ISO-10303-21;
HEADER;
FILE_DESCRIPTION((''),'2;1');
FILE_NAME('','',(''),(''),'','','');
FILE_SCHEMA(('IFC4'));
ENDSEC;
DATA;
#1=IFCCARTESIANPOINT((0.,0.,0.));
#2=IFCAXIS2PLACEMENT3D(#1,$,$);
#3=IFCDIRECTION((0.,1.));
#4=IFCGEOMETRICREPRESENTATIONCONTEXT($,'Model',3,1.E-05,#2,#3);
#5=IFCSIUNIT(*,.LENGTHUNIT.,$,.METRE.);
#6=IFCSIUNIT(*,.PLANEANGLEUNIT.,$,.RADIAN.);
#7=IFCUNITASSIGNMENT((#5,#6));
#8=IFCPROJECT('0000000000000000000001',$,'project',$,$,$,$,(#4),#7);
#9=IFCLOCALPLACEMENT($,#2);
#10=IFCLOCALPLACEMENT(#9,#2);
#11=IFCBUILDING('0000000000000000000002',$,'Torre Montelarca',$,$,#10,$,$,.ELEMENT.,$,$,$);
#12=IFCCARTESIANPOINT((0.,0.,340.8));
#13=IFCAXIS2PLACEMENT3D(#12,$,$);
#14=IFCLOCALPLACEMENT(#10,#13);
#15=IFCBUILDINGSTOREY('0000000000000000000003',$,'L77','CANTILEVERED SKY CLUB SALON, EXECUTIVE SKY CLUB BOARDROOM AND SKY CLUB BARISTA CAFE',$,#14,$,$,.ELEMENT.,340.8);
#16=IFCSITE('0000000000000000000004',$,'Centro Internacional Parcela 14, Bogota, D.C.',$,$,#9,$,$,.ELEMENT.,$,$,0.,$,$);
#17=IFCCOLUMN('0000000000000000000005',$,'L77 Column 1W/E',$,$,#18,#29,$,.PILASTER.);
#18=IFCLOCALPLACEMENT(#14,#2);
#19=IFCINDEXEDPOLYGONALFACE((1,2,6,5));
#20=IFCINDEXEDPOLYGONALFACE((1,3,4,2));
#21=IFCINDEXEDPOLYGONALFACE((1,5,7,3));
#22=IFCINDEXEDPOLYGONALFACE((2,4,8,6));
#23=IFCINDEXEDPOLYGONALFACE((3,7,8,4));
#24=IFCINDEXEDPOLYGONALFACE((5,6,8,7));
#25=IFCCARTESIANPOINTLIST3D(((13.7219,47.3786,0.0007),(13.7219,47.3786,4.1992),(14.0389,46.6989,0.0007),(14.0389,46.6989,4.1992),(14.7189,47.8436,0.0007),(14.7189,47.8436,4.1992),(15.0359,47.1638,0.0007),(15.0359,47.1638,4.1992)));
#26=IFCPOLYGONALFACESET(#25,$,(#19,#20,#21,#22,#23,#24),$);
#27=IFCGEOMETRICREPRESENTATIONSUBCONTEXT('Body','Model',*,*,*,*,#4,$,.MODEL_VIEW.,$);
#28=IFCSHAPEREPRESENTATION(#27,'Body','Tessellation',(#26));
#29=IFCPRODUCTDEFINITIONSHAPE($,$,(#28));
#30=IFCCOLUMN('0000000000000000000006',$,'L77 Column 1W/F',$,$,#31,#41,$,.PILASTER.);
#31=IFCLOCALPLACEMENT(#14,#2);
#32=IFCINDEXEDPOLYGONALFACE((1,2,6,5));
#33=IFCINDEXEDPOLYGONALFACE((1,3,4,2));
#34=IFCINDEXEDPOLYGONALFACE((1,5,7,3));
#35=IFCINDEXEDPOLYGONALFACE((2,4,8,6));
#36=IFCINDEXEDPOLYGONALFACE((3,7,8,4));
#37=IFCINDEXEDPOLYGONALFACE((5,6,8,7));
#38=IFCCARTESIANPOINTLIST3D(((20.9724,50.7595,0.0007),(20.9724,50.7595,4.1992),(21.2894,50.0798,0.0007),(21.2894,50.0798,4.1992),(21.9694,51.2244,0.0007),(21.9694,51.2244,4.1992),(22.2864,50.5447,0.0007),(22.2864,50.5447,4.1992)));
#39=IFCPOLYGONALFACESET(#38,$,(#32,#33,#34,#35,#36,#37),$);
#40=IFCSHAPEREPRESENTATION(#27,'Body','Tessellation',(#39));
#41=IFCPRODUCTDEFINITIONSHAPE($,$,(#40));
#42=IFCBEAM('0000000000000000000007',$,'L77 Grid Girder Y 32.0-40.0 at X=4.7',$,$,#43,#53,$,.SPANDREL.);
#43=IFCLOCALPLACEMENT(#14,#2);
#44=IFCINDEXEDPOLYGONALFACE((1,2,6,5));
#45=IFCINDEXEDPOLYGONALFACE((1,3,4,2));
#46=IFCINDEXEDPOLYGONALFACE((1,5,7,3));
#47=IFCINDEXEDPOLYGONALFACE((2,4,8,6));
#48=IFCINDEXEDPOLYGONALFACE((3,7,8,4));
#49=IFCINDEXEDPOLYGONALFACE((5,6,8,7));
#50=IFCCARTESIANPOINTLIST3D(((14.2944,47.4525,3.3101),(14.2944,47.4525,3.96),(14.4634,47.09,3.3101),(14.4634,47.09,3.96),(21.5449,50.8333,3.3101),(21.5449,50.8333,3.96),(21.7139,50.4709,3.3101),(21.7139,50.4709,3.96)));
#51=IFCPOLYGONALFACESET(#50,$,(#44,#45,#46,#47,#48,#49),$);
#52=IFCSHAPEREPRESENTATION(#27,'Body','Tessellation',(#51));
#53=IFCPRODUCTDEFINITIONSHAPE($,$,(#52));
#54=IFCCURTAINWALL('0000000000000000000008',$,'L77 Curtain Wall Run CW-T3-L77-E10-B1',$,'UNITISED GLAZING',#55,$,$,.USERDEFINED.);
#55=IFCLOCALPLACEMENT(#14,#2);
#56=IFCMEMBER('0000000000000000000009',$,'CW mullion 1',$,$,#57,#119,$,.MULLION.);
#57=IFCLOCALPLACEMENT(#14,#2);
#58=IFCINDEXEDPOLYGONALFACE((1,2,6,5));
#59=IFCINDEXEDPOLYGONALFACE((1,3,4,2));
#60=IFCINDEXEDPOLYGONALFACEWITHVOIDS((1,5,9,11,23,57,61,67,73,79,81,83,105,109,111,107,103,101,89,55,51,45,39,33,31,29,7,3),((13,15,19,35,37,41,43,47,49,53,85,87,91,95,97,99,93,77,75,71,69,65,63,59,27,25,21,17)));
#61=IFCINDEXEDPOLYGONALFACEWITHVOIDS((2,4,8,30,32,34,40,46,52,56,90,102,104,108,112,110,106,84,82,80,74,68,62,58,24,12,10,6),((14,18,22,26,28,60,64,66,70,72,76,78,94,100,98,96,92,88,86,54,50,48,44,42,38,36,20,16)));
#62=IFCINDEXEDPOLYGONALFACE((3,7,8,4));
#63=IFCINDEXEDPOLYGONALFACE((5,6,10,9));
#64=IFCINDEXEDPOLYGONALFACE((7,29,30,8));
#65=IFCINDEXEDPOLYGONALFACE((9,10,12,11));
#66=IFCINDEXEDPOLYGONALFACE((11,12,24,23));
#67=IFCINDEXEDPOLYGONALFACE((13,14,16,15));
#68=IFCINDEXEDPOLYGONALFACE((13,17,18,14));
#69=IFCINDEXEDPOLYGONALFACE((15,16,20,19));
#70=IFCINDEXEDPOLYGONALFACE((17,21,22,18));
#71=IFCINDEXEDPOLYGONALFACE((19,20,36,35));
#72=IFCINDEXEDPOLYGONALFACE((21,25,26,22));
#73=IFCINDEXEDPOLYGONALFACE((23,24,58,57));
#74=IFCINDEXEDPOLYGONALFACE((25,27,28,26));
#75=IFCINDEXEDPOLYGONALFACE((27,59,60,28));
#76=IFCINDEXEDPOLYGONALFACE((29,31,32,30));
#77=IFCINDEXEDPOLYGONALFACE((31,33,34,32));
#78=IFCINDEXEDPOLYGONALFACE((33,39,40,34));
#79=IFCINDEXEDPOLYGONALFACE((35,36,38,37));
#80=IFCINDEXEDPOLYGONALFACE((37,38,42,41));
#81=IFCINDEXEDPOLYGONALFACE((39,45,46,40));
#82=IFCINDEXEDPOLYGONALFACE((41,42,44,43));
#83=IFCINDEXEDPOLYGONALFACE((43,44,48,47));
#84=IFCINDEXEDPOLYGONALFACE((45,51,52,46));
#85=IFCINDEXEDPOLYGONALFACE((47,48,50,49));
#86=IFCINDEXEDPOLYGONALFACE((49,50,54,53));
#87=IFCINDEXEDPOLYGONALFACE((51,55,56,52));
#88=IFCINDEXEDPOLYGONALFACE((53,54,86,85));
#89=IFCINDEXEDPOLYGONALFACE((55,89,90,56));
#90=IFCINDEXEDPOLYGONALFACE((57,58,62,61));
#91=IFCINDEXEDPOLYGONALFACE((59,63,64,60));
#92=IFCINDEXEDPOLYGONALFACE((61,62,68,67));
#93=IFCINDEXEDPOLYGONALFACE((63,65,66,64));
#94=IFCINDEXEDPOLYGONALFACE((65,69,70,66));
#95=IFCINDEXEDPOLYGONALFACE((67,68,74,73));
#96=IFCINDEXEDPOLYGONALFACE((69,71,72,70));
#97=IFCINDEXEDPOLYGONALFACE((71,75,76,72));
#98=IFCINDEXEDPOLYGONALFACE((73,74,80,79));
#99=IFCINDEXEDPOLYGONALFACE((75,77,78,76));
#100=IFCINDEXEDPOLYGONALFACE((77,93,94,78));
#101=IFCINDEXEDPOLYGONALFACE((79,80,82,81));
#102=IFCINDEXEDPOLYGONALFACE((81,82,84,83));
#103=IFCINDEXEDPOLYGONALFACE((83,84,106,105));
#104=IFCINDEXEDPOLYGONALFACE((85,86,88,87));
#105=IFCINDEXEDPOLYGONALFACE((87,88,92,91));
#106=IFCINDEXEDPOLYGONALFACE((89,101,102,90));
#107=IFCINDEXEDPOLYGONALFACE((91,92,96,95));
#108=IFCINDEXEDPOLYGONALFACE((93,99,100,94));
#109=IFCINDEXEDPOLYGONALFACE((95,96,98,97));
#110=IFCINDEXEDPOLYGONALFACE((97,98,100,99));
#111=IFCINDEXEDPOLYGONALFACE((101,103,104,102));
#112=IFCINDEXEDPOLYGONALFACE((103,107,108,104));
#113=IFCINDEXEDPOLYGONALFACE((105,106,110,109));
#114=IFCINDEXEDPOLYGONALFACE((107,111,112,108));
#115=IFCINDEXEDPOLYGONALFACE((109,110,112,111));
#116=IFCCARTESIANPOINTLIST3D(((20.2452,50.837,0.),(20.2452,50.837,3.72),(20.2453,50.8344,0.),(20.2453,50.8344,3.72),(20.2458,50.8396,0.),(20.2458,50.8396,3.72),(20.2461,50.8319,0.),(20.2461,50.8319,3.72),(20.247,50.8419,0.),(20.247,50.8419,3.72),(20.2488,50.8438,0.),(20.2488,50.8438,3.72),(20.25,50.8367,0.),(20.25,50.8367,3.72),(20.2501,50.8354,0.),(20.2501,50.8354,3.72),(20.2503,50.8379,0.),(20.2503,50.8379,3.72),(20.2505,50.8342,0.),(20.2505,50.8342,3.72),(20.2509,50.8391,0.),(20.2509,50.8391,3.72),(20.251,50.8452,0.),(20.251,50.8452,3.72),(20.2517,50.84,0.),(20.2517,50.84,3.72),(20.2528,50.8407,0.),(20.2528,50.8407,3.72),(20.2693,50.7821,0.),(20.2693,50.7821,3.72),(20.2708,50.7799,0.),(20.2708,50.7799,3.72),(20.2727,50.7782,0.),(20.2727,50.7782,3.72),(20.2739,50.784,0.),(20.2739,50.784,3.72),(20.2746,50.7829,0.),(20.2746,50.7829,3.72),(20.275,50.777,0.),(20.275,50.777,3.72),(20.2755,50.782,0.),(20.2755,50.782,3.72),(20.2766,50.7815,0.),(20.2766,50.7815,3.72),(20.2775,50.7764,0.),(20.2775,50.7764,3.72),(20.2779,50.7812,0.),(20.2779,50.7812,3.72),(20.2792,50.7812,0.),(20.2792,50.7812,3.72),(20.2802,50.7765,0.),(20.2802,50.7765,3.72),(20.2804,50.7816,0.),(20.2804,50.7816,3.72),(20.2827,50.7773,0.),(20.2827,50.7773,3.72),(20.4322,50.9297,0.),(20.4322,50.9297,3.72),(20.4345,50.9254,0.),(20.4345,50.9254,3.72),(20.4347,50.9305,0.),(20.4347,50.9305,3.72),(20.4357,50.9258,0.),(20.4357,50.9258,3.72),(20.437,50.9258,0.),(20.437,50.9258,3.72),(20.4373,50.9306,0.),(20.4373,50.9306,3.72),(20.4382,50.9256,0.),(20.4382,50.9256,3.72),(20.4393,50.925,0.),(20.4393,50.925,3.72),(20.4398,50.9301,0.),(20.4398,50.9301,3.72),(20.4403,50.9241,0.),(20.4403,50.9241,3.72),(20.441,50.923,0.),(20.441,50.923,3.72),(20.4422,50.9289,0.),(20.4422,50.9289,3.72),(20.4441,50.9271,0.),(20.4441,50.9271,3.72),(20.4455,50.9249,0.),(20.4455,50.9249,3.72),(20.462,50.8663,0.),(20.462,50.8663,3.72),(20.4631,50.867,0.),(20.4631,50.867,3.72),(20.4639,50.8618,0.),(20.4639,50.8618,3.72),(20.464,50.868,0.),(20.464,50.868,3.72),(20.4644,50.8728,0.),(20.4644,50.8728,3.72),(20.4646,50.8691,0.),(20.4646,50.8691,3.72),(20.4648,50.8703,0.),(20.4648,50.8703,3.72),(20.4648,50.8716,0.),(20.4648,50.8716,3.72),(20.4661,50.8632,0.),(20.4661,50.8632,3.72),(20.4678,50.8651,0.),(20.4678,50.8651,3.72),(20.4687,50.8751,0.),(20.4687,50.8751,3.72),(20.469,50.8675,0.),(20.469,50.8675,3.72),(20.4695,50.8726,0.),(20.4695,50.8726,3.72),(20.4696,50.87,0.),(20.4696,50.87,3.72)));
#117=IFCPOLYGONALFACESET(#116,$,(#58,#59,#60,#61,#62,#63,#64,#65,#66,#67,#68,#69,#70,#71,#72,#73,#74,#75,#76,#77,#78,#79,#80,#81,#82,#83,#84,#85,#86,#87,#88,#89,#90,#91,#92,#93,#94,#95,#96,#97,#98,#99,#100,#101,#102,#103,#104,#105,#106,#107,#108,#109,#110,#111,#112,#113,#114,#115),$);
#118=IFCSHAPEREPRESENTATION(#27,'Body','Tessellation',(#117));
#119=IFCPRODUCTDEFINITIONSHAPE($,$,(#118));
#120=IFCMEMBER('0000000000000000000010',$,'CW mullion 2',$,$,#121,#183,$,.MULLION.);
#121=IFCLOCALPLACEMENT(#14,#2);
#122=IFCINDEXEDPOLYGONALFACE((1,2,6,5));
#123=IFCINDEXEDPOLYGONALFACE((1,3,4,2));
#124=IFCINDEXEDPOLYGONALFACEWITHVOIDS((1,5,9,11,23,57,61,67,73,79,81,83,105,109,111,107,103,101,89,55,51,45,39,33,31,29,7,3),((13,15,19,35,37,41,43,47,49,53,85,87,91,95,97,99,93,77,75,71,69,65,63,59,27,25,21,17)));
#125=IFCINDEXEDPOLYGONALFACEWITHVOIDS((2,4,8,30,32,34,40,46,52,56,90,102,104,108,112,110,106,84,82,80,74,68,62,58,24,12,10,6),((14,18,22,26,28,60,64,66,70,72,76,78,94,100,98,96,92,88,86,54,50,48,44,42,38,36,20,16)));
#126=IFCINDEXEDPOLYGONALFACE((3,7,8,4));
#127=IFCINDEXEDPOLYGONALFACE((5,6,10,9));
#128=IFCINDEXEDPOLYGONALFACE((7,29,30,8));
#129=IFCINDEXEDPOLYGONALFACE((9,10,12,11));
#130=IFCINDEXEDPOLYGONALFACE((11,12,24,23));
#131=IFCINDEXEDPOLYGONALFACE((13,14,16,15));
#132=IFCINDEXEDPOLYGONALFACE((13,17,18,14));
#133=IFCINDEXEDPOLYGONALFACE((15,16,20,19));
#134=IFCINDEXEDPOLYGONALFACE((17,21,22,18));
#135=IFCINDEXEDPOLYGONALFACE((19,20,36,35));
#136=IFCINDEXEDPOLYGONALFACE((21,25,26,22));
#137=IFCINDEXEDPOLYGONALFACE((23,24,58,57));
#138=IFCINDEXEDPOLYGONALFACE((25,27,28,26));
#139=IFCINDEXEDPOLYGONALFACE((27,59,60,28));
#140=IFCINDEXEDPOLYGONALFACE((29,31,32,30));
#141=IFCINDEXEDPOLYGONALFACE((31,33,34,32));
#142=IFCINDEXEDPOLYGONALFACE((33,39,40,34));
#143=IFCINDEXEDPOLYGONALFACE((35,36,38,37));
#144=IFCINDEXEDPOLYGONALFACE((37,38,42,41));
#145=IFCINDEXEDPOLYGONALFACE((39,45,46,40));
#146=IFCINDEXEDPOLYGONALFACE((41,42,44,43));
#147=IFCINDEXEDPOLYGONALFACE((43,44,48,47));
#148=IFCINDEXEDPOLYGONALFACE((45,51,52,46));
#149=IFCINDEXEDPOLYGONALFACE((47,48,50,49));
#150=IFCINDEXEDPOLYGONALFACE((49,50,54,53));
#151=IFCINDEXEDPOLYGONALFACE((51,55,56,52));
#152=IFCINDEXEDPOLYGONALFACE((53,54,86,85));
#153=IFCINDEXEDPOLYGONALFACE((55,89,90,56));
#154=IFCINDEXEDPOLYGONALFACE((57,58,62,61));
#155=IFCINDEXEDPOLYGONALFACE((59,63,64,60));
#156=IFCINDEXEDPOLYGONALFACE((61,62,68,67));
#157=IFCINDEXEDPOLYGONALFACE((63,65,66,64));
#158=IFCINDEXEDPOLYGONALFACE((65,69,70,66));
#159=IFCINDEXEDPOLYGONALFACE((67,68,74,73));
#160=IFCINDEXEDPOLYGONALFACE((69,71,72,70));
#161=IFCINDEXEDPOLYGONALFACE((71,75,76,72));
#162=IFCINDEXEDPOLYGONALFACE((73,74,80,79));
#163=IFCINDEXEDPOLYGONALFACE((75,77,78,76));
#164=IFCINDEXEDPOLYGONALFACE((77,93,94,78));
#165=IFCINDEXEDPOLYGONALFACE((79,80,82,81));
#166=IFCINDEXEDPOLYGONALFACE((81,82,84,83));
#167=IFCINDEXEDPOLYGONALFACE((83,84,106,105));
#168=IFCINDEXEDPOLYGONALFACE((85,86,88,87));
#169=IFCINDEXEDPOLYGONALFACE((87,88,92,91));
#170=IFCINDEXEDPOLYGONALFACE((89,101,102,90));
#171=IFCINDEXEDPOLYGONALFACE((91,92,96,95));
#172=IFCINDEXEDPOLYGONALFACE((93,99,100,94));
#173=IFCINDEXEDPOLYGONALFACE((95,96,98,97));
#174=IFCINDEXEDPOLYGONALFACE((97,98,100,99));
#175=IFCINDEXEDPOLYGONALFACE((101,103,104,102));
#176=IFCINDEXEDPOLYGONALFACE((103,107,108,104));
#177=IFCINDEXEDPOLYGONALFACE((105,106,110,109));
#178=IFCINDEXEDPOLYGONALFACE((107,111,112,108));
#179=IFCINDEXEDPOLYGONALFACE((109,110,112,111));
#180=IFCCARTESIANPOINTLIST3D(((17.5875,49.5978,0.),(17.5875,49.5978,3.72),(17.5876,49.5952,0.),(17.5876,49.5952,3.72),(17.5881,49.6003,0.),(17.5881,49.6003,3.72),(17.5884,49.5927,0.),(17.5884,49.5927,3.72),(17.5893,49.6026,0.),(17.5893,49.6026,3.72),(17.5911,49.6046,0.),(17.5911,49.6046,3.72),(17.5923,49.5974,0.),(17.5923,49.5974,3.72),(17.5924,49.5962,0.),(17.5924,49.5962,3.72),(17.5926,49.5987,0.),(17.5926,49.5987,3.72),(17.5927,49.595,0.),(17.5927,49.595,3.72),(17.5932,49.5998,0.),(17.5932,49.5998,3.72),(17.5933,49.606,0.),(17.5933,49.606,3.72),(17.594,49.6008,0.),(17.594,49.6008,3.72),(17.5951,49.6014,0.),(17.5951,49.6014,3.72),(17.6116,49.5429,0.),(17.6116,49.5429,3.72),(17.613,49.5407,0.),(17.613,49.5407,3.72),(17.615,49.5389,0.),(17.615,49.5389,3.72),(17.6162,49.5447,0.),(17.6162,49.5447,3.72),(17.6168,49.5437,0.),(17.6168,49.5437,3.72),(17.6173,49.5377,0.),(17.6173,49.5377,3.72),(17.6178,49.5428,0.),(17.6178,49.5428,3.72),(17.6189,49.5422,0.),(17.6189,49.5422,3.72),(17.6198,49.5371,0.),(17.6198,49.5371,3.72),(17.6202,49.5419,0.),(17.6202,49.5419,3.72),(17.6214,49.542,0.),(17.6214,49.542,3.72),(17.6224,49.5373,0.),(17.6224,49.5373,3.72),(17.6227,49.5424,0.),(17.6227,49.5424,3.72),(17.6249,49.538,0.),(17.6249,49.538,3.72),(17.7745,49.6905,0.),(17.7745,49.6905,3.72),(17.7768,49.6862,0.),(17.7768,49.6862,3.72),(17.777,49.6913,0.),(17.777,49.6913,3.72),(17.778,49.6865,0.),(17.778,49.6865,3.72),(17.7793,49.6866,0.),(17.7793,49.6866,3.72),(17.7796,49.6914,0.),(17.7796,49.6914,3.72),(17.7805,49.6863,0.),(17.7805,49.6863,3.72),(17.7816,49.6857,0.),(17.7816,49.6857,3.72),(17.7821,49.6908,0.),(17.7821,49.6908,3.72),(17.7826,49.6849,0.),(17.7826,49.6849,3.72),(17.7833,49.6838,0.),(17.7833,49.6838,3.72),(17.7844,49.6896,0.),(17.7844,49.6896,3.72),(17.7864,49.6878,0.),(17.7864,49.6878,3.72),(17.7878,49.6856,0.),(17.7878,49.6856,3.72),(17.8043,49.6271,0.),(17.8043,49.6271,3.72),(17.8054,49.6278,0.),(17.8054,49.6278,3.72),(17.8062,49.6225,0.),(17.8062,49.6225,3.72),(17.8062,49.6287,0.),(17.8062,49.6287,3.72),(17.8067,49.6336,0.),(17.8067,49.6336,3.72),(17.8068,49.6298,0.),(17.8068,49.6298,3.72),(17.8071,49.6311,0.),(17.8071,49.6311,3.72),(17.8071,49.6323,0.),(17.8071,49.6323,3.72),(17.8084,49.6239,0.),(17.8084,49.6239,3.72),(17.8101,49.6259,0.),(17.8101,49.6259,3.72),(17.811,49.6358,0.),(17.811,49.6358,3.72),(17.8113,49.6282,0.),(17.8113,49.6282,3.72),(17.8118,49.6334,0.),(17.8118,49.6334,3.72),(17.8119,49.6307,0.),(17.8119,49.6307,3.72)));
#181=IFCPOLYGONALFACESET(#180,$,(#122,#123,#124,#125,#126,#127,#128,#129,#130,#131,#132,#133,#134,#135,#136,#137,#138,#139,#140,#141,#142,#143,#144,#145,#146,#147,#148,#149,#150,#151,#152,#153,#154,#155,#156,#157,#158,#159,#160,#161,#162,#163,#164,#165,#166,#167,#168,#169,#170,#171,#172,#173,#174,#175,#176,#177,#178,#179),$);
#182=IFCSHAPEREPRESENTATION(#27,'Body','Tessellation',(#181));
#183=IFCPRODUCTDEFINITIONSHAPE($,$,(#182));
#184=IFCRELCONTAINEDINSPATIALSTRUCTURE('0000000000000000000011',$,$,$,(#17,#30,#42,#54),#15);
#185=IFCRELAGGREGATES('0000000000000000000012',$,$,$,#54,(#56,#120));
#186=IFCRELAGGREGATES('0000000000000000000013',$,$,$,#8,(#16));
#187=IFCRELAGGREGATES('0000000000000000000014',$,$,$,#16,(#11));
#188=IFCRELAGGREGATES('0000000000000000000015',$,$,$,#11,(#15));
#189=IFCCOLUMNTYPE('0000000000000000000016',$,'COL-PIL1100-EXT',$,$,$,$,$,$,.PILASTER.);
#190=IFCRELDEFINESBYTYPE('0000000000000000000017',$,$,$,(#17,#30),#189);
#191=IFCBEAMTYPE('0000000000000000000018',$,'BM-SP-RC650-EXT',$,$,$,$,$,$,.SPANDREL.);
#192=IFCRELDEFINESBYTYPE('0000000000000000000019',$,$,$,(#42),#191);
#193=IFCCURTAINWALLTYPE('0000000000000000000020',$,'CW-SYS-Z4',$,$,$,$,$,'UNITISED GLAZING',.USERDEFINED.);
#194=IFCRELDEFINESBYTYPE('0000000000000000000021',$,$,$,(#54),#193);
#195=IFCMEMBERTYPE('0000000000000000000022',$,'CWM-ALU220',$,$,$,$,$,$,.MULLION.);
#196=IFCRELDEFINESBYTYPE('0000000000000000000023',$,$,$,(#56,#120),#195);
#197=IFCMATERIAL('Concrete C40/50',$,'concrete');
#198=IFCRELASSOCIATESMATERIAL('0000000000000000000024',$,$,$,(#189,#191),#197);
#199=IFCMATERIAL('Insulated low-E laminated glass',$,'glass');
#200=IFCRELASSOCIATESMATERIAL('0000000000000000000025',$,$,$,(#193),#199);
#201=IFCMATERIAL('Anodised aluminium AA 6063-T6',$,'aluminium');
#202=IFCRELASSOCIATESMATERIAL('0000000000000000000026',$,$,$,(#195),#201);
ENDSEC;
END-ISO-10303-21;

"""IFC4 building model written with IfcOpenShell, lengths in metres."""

from ifc_helpers import new_model, si_unit, direction, frame, origin, origin_2d, place, context, subcontext, project, spatial, rectangle, hollow_rectangle, extrude, source, transform, mapped, material, material_profile, profile_set, type_object, element, aggregate, save


model = new_model("IFC4")

# Units and contexts
model_context = context("Model", 3, precision=1e-05, world=origin(), true_north=direction((0.0, 1.0)))
body_context = subcontext(model_context, "Body", "Model", "MODEL_VIEW")
ifc_project = project(units=[si_unit("LENGTHUNIT", "METRE"), si_unit("PLANEANGLEUNIT", "RADIAN")], contexts=[model_context])

# Site, building, storey
site_placement = place(None, origin())
site = spatial("IfcSite", under=ifc_project, at=site_placement, Name="Centro Internacional Parcela 14, Bogota, D.C.", CompositionType="ELEMENT", RefElevation=0.0)
building_placement = place(site_placement, origin())
building = spatial("IfcBuilding", under=site, at=building_placement, Name="Torre Montelarca", CompositionType="ELEMENT")
storey_placement = place(building_placement, frame((0.0, 0.0, 340.8)))
storey = spatial("IfcBuildingStorey", under=building, at=storey_placement, Name="L77", Description="CANTILEVERED SKY CLUB SALON, EXECUTIVE SKY CLUB BOARDROOM AND SKY CLUB BARISTA CAFE", CompositionType="ELEMENT", Elevation=340.8)

# Columns
ifc_material_1 = material(Name="Concrete C40/50", Category="concrete")
ifc_material_profile_1 = material_profile(ifc_material_1, rectangle(XDim=0.75, YDim=1.1001, at=origin_2d()), Name="RC1100X750", Category="concrete")
ifc_profile_set_1 = profile_set([ifc_material_profile_1], Name="Concrete C40/50")
column_type = type_object("IfcColumnType", Name="COL-PIL1100-EXT", PredefinedType="PILASTER", material=ifc_profile_set_1)
shared_shape_1 = source(origin(), body_context, "Body", "SweptSolid", [
    extrude(rectangle(XDim=0.75, YDim=1.1001, at=origin_2d()), origin(), (0.0, 0.0, 1.0), 4.1985),
])
for number, where, z_axis, x_axis, name in (
    (1, (14.3789, 47.2712, 0.0007), (0.0, 0.0, 1.0), (-0.422618, 0.906308, 0.0), "L77 Column 1W/E"),
    (2, (21.6294, 50.6521, 0.0007), (0.0, 0.0, 1.0), (-0.422618, 0.906308, 0.0), "L77 Column 1W/F"),
):
    element("IfcColumn", number, at=place(storey_placement, frame(where, z_axis=z_axis, x_axis=x_axis)), inside=storey, type_object=column_type, Name=name, PredefinedType="PILASTER", context=body_context, shape_type="MappedRepresentation", body=[
        mapped(shared_shape_1, transform((0.0, 0.0, 0.0), scale=1.0)),
    ])

# Beam
ifc_material_profile_2 = material_profile(ifc_material_1, rectangle(XDim=0.3999, YDim=0.6499, at=origin_2d()), Name="RCB400X650", Category="concrete")
ifc_profile_set_2 = profile_set([ifc_material_profile_2], Name="Concrete C40/50")
beam_type = type_object("IfcBeamType", Name="BM-SP-RC650-EXT", PredefinedType="SPANDREL", material=ifc_profile_set_2)
shared_shape_2 = source(origin(), body_context, "Body", "SweptSolid", [
    extrude(rectangle(XDim=0.3999, YDim=0.6499, at=origin_2d()), origin(), (0.0, 0.0, 1.0), 8.0),
])
beam_placement = place(storey_placement, frame((14.3789, 47.2712, 3.635), z_axis=(0.906313, 0.422608, 0.0), x_axis=(-0.422608, 0.906313, 0.0)))
element("IfcBeam", 3, at=beam_placement, inside=storey, type_object=beam_type, Name="L77 Grid Girder Y 32.0-40.0 at X=4.7", PredefinedType="SPANDREL", context=body_context, shape_type="MappedRepresentation", body=[
    mapped(shared_shape_2, transform((0.0, 0.0, 0.0), scale=1.0)),
])

# Curtain wall, members
ifc_material_2 = material(Name="Insulated low-E laminated glass", Category="glass")
curtain_wall_type = type_object("IfcCurtainWallType", Name="CW-SYS-Z4", ElementType="UNITISED GLAZING", PredefinedType="USERDEFINED", material=ifc_material_2)
curtain_wall_placement = place(storey_placement, origin())
curtain_wall = element("IfcCurtainWall", 4, at=curtain_wall_placement, inside=storey, type_object=curtain_wall_type, Name="L77 Curtain Wall Run CW-T3-L77-E10-B1", ObjectType="UNITISED GLAZING", PredefinedType="USERDEFINED")
ifc_material_3 = material(Name="Anodised aluminium AA 6063-T6", Category="aluminium")
ifc_material_profile_3 = material_profile(ifc_material_3, hollow_rectangle(XDim=0.075, YDim=0.22, WallThickness=0.0049, InnerFilletRadius=0.0049, OuterFilletRadius=0.01, at=origin_2d()), Name="ALU75X220X5", Category="aluminium")
ifc_profile_set_3 = profile_set([ifc_material_profile_3], Name="Anodised aluminium AA 6063-T6")
member_type_1 = type_object("IfcMemberType", Name="CWM-ALU220", PredefinedType="MULLION", material=ifc_profile_set_3)
shared_shape_3 = source(origin(), body_context, "Body", "SweptSolid", [
    extrude(hollow_rectangle(XDim=0.075, YDim=0.22, WallThickness=0.0049, InnerFilletRadius=0.0049, OuterFilletRadius=0.01, at=origin_2d()), origin(), (0.0, 0.0, 1.0), 3.72),
])
member_1_placement = place(storey_placement, frame((20.3574, 50.8535, 0.0), z_axis=(0.0, 0.0, 1.0), x_axis=(0.422615, -0.906309, 0.0)))
member_1 = element("IfcMember", 5, at=member_1_placement, type_object=member_type_1, Name="CW mullion 1", PredefinedType="MULLION", context=body_context, shape_type="MappedRepresentation", body=[
    mapped(shared_shape_3, transform((0.0, 0.0, 0.0), scale=1.0)),
])
member_2_placement = place(storey_placement, frame((17.6997, 49.6143, 0.0), z_axis=(0.0, 0.0, 1.0), x_axis=(0.422615, -0.906309, 0.0)))
member_2 = element("IfcMember", 6, at=member_2_placement, type_object=member_type_1, Name="CW mullion 2", PredefinedType="MULLION", context=body_context, shape_type="MappedRepresentation", body=[
    mapped(shared_shape_3, transform((0.0, 0.0, 0.0), scale=1.0)),
])
aggregate(curtain_wall, [member_1, member_2])

save(model, "model.ifc")
